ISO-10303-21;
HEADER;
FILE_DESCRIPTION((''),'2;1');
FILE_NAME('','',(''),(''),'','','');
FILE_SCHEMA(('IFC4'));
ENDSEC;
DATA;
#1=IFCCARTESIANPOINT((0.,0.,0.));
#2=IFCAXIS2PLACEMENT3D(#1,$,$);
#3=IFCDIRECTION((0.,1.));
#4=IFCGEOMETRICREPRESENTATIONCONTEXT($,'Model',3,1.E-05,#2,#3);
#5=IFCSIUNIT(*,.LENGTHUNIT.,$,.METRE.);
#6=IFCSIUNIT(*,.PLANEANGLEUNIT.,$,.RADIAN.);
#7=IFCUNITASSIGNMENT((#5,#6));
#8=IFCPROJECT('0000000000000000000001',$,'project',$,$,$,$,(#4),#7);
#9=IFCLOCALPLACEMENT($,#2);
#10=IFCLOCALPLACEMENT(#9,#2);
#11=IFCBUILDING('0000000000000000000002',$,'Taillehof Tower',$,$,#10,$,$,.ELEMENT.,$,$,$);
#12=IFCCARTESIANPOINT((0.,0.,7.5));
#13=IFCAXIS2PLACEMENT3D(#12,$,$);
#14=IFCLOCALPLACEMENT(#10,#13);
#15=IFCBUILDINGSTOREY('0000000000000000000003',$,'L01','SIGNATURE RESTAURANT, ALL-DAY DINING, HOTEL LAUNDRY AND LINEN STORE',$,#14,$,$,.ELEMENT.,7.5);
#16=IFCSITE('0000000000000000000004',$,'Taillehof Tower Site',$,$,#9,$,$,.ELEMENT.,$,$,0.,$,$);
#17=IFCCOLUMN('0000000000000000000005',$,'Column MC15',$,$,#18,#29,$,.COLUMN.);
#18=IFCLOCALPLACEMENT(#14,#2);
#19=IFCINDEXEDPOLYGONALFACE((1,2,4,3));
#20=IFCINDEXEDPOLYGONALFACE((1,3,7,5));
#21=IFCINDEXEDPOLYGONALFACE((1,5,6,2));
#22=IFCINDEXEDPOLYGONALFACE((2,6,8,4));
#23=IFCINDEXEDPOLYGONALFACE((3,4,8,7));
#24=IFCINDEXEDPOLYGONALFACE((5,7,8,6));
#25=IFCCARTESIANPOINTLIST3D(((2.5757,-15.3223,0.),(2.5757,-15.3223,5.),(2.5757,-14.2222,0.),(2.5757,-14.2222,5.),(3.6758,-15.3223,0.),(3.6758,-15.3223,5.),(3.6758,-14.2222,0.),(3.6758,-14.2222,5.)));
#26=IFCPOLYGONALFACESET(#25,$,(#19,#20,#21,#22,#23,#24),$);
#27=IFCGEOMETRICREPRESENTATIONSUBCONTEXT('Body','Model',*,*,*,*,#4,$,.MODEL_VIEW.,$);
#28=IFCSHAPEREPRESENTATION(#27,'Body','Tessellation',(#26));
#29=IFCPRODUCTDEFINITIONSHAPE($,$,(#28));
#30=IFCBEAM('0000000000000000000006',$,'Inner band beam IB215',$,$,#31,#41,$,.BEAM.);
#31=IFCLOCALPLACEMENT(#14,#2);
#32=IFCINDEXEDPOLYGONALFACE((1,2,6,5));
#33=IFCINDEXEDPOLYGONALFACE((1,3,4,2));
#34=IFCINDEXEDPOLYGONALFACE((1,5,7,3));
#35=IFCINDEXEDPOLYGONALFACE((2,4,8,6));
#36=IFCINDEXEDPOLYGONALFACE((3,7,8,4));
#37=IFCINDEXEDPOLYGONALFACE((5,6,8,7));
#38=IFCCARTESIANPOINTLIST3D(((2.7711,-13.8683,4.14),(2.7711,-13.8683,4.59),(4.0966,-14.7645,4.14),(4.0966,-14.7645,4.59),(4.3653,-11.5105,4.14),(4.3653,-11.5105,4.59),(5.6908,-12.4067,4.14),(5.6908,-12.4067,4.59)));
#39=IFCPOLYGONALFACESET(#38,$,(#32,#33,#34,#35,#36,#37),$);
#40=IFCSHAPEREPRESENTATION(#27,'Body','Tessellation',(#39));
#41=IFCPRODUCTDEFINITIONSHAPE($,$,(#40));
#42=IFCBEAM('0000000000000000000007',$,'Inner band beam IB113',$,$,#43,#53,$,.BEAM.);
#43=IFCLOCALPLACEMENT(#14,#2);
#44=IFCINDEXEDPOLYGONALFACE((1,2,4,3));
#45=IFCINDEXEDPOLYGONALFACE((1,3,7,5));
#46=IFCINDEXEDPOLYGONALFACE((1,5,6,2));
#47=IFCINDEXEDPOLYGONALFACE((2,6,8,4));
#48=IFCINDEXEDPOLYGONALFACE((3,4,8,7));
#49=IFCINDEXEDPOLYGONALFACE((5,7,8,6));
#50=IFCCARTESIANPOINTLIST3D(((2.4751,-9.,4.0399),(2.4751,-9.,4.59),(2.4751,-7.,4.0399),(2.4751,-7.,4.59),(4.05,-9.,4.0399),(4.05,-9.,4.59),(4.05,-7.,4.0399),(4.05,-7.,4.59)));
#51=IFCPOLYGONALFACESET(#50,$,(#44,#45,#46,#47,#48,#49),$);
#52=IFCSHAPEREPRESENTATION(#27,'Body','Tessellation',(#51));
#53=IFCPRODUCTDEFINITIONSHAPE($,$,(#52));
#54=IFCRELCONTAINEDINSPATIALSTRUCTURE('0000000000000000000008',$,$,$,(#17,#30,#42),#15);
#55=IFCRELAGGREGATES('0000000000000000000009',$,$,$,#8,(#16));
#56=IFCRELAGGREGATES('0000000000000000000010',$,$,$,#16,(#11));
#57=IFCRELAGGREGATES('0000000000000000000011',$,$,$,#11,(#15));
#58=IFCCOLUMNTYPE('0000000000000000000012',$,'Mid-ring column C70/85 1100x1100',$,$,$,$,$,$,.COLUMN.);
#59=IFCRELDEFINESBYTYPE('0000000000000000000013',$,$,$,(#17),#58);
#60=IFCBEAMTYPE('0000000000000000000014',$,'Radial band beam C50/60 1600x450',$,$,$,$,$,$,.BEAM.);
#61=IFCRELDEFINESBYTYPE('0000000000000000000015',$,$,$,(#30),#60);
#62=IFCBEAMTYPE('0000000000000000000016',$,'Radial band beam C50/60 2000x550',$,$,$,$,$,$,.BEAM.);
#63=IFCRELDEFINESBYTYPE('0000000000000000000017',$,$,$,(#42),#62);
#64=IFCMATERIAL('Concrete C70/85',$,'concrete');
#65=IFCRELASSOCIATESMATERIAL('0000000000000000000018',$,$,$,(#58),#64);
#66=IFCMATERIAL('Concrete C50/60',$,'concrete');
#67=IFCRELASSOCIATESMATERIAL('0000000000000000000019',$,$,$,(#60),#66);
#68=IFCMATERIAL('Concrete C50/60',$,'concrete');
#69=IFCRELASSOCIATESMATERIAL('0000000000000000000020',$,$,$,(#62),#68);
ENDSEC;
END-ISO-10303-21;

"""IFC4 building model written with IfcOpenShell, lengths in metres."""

from ifc_helpers import new_model, si_unit, direction, frame, origin, origin_2d, place, context, subcontext, project, spatial, rectangle, extrude, material, material_profile, profile_set, type_object, element, save


model = new_model("IFC4")

# Units and contexts
model_context = context("Model", 3, precision=1e-05, world=origin(), true_north=direction((0.0, 1.0)))
body_context = subcontext(model_context, "Body", "Model", "MODEL_VIEW")
ifc_project = project(units=[si_unit("LENGTHUNIT", "METRE"), si_unit("PLANEANGLEUNIT", "RADIAN")], contexts=[model_context])

# Site, building, storey
site_placement = place(None, origin())
site = spatial("IfcSite", under=ifc_project, at=site_placement, Name="Taillehof Tower Site", CompositionType="ELEMENT", RefElevation=0.0)
building_placement = place(site_placement, origin())
building = spatial("IfcBuilding", under=site, at=building_placement, Name="Taillehof Tower", CompositionType="ELEMENT")
storey_placement = place(building_placement, frame((0.0, 0.0, 7.5)))
storey = spatial("IfcBuildingStorey", under=building, at=storey_placement, Name="L01", Description="SIGNATURE RESTAURANT, ALL-DAY DINING, HOTEL LAUNDRY AND LINEN STORE", CompositionType="ELEMENT", Elevation=7.5)

# Column
ifc_material_1 = material(Name="Concrete C70/85", Category="concrete")
ifc_material_profile_1 = material_profile(ifc_material_1, rectangle(XDim=1.1001, YDim=1.1001, at=origin_2d()), Name="RC 1100x1100")
ifc_profile_set_1 = profile_set([ifc_material_profile_1], Name="Concrete C70/85")
column_type = type_object("IfcColumnType", Name="Mid-ring column C70/85 1100x1100", PredefinedType="COLUMN", material=ifc_profile_set_1)
column_placement = place(storey_placement, frame((3.1257, -14.7722, 0.0), z_axis=(0.0, 0.0, 1.0), x_axis=(1.0, 0.0, 0.0)))
element("IfcColumn", 1, at=column_placement, inside=storey, type_object=column_type, Name="Column MC15", PredefinedType="COLUMN", context=body_context, shape_type="SweptSolid", body=[
    extrude(rectangle(XDim=1.1001, YDim=1.1001, at=origin_2d()), origin(), (0.0, 0.0, 1.0), 5.0),
])

# Beams
ifc_material_2 = material(Name="Concrete C50/60", Category="concrete")
ifc_material_profile_2 = material_profile(ifc_material_2, rectangle(XDim=1.6001, YDim=0.45, at=origin_2d()), Name="RC 1600x450")
ifc_profile_set_2 = profile_set([ifc_material_profile_2], Name="Concrete C50/60")
beam_type_1 = type_object("IfcBeamType", Name="Radial band beam C50/60 1600x450", PredefinedType="BEAM", material=ifc_profile_set_2)
beam_1_placement = place(storey_placement, frame((3.4338, -14.3164, 4.365), z_axis=(0.560112, 0.828417, 0.0), x_axis=(-0.828417, 0.560112, 0.0)))
element("IfcBeam", 2, at=beam_1_placement, inside=storey, type_object=beam_type_1, Name="Inner band beam IB215", PredefinedType="BEAM", context=body_context, shape_type="SweptSolid", body=[
    extrude(rectangle(XDim=1.6001, YDim=0.45, at=origin_2d()), origin(), (0.0, 0.0, 1.0), 2.8462),
])
ifc_material_3 = material(Name="Concrete C50/60", Category="concrete")
ifc_material_profile_3 = material_profile(ifc_material_3, rectangle(XDim=2.0, YDim=0.55, at=origin_2d()), Name="RC 2000x550")
ifc_profile_set_3 = profile_set([ifc_material_profile_3], Name="Concrete C50/60")
beam_type_2 = type_object("IfcBeamType", Name="Radial band beam C50/60 2000x550", PredefinedType="BEAM", material=ifc_profile_set_3)
beam_2_placement = place(storey_placement, frame((2.4751, -8.0, 4.3149), z_axis=(1.0, 0.0, 0.0), x_axis=(0.0, 1.0, 0.0)))
element("IfcBeam", 3, at=beam_2_placement, inside=storey, type_object=beam_type_2, Name="Inner band beam IB113", PredefinedType="BEAM", context=body_context, shape_type="SweptSolid", body=[
    extrude(rectangle(XDim=2.0, YDim=0.55, at=origin_2d()), origin(), (0.0, 0.0, 1.0), 1.575),
])

save(model, "model.ifc")
